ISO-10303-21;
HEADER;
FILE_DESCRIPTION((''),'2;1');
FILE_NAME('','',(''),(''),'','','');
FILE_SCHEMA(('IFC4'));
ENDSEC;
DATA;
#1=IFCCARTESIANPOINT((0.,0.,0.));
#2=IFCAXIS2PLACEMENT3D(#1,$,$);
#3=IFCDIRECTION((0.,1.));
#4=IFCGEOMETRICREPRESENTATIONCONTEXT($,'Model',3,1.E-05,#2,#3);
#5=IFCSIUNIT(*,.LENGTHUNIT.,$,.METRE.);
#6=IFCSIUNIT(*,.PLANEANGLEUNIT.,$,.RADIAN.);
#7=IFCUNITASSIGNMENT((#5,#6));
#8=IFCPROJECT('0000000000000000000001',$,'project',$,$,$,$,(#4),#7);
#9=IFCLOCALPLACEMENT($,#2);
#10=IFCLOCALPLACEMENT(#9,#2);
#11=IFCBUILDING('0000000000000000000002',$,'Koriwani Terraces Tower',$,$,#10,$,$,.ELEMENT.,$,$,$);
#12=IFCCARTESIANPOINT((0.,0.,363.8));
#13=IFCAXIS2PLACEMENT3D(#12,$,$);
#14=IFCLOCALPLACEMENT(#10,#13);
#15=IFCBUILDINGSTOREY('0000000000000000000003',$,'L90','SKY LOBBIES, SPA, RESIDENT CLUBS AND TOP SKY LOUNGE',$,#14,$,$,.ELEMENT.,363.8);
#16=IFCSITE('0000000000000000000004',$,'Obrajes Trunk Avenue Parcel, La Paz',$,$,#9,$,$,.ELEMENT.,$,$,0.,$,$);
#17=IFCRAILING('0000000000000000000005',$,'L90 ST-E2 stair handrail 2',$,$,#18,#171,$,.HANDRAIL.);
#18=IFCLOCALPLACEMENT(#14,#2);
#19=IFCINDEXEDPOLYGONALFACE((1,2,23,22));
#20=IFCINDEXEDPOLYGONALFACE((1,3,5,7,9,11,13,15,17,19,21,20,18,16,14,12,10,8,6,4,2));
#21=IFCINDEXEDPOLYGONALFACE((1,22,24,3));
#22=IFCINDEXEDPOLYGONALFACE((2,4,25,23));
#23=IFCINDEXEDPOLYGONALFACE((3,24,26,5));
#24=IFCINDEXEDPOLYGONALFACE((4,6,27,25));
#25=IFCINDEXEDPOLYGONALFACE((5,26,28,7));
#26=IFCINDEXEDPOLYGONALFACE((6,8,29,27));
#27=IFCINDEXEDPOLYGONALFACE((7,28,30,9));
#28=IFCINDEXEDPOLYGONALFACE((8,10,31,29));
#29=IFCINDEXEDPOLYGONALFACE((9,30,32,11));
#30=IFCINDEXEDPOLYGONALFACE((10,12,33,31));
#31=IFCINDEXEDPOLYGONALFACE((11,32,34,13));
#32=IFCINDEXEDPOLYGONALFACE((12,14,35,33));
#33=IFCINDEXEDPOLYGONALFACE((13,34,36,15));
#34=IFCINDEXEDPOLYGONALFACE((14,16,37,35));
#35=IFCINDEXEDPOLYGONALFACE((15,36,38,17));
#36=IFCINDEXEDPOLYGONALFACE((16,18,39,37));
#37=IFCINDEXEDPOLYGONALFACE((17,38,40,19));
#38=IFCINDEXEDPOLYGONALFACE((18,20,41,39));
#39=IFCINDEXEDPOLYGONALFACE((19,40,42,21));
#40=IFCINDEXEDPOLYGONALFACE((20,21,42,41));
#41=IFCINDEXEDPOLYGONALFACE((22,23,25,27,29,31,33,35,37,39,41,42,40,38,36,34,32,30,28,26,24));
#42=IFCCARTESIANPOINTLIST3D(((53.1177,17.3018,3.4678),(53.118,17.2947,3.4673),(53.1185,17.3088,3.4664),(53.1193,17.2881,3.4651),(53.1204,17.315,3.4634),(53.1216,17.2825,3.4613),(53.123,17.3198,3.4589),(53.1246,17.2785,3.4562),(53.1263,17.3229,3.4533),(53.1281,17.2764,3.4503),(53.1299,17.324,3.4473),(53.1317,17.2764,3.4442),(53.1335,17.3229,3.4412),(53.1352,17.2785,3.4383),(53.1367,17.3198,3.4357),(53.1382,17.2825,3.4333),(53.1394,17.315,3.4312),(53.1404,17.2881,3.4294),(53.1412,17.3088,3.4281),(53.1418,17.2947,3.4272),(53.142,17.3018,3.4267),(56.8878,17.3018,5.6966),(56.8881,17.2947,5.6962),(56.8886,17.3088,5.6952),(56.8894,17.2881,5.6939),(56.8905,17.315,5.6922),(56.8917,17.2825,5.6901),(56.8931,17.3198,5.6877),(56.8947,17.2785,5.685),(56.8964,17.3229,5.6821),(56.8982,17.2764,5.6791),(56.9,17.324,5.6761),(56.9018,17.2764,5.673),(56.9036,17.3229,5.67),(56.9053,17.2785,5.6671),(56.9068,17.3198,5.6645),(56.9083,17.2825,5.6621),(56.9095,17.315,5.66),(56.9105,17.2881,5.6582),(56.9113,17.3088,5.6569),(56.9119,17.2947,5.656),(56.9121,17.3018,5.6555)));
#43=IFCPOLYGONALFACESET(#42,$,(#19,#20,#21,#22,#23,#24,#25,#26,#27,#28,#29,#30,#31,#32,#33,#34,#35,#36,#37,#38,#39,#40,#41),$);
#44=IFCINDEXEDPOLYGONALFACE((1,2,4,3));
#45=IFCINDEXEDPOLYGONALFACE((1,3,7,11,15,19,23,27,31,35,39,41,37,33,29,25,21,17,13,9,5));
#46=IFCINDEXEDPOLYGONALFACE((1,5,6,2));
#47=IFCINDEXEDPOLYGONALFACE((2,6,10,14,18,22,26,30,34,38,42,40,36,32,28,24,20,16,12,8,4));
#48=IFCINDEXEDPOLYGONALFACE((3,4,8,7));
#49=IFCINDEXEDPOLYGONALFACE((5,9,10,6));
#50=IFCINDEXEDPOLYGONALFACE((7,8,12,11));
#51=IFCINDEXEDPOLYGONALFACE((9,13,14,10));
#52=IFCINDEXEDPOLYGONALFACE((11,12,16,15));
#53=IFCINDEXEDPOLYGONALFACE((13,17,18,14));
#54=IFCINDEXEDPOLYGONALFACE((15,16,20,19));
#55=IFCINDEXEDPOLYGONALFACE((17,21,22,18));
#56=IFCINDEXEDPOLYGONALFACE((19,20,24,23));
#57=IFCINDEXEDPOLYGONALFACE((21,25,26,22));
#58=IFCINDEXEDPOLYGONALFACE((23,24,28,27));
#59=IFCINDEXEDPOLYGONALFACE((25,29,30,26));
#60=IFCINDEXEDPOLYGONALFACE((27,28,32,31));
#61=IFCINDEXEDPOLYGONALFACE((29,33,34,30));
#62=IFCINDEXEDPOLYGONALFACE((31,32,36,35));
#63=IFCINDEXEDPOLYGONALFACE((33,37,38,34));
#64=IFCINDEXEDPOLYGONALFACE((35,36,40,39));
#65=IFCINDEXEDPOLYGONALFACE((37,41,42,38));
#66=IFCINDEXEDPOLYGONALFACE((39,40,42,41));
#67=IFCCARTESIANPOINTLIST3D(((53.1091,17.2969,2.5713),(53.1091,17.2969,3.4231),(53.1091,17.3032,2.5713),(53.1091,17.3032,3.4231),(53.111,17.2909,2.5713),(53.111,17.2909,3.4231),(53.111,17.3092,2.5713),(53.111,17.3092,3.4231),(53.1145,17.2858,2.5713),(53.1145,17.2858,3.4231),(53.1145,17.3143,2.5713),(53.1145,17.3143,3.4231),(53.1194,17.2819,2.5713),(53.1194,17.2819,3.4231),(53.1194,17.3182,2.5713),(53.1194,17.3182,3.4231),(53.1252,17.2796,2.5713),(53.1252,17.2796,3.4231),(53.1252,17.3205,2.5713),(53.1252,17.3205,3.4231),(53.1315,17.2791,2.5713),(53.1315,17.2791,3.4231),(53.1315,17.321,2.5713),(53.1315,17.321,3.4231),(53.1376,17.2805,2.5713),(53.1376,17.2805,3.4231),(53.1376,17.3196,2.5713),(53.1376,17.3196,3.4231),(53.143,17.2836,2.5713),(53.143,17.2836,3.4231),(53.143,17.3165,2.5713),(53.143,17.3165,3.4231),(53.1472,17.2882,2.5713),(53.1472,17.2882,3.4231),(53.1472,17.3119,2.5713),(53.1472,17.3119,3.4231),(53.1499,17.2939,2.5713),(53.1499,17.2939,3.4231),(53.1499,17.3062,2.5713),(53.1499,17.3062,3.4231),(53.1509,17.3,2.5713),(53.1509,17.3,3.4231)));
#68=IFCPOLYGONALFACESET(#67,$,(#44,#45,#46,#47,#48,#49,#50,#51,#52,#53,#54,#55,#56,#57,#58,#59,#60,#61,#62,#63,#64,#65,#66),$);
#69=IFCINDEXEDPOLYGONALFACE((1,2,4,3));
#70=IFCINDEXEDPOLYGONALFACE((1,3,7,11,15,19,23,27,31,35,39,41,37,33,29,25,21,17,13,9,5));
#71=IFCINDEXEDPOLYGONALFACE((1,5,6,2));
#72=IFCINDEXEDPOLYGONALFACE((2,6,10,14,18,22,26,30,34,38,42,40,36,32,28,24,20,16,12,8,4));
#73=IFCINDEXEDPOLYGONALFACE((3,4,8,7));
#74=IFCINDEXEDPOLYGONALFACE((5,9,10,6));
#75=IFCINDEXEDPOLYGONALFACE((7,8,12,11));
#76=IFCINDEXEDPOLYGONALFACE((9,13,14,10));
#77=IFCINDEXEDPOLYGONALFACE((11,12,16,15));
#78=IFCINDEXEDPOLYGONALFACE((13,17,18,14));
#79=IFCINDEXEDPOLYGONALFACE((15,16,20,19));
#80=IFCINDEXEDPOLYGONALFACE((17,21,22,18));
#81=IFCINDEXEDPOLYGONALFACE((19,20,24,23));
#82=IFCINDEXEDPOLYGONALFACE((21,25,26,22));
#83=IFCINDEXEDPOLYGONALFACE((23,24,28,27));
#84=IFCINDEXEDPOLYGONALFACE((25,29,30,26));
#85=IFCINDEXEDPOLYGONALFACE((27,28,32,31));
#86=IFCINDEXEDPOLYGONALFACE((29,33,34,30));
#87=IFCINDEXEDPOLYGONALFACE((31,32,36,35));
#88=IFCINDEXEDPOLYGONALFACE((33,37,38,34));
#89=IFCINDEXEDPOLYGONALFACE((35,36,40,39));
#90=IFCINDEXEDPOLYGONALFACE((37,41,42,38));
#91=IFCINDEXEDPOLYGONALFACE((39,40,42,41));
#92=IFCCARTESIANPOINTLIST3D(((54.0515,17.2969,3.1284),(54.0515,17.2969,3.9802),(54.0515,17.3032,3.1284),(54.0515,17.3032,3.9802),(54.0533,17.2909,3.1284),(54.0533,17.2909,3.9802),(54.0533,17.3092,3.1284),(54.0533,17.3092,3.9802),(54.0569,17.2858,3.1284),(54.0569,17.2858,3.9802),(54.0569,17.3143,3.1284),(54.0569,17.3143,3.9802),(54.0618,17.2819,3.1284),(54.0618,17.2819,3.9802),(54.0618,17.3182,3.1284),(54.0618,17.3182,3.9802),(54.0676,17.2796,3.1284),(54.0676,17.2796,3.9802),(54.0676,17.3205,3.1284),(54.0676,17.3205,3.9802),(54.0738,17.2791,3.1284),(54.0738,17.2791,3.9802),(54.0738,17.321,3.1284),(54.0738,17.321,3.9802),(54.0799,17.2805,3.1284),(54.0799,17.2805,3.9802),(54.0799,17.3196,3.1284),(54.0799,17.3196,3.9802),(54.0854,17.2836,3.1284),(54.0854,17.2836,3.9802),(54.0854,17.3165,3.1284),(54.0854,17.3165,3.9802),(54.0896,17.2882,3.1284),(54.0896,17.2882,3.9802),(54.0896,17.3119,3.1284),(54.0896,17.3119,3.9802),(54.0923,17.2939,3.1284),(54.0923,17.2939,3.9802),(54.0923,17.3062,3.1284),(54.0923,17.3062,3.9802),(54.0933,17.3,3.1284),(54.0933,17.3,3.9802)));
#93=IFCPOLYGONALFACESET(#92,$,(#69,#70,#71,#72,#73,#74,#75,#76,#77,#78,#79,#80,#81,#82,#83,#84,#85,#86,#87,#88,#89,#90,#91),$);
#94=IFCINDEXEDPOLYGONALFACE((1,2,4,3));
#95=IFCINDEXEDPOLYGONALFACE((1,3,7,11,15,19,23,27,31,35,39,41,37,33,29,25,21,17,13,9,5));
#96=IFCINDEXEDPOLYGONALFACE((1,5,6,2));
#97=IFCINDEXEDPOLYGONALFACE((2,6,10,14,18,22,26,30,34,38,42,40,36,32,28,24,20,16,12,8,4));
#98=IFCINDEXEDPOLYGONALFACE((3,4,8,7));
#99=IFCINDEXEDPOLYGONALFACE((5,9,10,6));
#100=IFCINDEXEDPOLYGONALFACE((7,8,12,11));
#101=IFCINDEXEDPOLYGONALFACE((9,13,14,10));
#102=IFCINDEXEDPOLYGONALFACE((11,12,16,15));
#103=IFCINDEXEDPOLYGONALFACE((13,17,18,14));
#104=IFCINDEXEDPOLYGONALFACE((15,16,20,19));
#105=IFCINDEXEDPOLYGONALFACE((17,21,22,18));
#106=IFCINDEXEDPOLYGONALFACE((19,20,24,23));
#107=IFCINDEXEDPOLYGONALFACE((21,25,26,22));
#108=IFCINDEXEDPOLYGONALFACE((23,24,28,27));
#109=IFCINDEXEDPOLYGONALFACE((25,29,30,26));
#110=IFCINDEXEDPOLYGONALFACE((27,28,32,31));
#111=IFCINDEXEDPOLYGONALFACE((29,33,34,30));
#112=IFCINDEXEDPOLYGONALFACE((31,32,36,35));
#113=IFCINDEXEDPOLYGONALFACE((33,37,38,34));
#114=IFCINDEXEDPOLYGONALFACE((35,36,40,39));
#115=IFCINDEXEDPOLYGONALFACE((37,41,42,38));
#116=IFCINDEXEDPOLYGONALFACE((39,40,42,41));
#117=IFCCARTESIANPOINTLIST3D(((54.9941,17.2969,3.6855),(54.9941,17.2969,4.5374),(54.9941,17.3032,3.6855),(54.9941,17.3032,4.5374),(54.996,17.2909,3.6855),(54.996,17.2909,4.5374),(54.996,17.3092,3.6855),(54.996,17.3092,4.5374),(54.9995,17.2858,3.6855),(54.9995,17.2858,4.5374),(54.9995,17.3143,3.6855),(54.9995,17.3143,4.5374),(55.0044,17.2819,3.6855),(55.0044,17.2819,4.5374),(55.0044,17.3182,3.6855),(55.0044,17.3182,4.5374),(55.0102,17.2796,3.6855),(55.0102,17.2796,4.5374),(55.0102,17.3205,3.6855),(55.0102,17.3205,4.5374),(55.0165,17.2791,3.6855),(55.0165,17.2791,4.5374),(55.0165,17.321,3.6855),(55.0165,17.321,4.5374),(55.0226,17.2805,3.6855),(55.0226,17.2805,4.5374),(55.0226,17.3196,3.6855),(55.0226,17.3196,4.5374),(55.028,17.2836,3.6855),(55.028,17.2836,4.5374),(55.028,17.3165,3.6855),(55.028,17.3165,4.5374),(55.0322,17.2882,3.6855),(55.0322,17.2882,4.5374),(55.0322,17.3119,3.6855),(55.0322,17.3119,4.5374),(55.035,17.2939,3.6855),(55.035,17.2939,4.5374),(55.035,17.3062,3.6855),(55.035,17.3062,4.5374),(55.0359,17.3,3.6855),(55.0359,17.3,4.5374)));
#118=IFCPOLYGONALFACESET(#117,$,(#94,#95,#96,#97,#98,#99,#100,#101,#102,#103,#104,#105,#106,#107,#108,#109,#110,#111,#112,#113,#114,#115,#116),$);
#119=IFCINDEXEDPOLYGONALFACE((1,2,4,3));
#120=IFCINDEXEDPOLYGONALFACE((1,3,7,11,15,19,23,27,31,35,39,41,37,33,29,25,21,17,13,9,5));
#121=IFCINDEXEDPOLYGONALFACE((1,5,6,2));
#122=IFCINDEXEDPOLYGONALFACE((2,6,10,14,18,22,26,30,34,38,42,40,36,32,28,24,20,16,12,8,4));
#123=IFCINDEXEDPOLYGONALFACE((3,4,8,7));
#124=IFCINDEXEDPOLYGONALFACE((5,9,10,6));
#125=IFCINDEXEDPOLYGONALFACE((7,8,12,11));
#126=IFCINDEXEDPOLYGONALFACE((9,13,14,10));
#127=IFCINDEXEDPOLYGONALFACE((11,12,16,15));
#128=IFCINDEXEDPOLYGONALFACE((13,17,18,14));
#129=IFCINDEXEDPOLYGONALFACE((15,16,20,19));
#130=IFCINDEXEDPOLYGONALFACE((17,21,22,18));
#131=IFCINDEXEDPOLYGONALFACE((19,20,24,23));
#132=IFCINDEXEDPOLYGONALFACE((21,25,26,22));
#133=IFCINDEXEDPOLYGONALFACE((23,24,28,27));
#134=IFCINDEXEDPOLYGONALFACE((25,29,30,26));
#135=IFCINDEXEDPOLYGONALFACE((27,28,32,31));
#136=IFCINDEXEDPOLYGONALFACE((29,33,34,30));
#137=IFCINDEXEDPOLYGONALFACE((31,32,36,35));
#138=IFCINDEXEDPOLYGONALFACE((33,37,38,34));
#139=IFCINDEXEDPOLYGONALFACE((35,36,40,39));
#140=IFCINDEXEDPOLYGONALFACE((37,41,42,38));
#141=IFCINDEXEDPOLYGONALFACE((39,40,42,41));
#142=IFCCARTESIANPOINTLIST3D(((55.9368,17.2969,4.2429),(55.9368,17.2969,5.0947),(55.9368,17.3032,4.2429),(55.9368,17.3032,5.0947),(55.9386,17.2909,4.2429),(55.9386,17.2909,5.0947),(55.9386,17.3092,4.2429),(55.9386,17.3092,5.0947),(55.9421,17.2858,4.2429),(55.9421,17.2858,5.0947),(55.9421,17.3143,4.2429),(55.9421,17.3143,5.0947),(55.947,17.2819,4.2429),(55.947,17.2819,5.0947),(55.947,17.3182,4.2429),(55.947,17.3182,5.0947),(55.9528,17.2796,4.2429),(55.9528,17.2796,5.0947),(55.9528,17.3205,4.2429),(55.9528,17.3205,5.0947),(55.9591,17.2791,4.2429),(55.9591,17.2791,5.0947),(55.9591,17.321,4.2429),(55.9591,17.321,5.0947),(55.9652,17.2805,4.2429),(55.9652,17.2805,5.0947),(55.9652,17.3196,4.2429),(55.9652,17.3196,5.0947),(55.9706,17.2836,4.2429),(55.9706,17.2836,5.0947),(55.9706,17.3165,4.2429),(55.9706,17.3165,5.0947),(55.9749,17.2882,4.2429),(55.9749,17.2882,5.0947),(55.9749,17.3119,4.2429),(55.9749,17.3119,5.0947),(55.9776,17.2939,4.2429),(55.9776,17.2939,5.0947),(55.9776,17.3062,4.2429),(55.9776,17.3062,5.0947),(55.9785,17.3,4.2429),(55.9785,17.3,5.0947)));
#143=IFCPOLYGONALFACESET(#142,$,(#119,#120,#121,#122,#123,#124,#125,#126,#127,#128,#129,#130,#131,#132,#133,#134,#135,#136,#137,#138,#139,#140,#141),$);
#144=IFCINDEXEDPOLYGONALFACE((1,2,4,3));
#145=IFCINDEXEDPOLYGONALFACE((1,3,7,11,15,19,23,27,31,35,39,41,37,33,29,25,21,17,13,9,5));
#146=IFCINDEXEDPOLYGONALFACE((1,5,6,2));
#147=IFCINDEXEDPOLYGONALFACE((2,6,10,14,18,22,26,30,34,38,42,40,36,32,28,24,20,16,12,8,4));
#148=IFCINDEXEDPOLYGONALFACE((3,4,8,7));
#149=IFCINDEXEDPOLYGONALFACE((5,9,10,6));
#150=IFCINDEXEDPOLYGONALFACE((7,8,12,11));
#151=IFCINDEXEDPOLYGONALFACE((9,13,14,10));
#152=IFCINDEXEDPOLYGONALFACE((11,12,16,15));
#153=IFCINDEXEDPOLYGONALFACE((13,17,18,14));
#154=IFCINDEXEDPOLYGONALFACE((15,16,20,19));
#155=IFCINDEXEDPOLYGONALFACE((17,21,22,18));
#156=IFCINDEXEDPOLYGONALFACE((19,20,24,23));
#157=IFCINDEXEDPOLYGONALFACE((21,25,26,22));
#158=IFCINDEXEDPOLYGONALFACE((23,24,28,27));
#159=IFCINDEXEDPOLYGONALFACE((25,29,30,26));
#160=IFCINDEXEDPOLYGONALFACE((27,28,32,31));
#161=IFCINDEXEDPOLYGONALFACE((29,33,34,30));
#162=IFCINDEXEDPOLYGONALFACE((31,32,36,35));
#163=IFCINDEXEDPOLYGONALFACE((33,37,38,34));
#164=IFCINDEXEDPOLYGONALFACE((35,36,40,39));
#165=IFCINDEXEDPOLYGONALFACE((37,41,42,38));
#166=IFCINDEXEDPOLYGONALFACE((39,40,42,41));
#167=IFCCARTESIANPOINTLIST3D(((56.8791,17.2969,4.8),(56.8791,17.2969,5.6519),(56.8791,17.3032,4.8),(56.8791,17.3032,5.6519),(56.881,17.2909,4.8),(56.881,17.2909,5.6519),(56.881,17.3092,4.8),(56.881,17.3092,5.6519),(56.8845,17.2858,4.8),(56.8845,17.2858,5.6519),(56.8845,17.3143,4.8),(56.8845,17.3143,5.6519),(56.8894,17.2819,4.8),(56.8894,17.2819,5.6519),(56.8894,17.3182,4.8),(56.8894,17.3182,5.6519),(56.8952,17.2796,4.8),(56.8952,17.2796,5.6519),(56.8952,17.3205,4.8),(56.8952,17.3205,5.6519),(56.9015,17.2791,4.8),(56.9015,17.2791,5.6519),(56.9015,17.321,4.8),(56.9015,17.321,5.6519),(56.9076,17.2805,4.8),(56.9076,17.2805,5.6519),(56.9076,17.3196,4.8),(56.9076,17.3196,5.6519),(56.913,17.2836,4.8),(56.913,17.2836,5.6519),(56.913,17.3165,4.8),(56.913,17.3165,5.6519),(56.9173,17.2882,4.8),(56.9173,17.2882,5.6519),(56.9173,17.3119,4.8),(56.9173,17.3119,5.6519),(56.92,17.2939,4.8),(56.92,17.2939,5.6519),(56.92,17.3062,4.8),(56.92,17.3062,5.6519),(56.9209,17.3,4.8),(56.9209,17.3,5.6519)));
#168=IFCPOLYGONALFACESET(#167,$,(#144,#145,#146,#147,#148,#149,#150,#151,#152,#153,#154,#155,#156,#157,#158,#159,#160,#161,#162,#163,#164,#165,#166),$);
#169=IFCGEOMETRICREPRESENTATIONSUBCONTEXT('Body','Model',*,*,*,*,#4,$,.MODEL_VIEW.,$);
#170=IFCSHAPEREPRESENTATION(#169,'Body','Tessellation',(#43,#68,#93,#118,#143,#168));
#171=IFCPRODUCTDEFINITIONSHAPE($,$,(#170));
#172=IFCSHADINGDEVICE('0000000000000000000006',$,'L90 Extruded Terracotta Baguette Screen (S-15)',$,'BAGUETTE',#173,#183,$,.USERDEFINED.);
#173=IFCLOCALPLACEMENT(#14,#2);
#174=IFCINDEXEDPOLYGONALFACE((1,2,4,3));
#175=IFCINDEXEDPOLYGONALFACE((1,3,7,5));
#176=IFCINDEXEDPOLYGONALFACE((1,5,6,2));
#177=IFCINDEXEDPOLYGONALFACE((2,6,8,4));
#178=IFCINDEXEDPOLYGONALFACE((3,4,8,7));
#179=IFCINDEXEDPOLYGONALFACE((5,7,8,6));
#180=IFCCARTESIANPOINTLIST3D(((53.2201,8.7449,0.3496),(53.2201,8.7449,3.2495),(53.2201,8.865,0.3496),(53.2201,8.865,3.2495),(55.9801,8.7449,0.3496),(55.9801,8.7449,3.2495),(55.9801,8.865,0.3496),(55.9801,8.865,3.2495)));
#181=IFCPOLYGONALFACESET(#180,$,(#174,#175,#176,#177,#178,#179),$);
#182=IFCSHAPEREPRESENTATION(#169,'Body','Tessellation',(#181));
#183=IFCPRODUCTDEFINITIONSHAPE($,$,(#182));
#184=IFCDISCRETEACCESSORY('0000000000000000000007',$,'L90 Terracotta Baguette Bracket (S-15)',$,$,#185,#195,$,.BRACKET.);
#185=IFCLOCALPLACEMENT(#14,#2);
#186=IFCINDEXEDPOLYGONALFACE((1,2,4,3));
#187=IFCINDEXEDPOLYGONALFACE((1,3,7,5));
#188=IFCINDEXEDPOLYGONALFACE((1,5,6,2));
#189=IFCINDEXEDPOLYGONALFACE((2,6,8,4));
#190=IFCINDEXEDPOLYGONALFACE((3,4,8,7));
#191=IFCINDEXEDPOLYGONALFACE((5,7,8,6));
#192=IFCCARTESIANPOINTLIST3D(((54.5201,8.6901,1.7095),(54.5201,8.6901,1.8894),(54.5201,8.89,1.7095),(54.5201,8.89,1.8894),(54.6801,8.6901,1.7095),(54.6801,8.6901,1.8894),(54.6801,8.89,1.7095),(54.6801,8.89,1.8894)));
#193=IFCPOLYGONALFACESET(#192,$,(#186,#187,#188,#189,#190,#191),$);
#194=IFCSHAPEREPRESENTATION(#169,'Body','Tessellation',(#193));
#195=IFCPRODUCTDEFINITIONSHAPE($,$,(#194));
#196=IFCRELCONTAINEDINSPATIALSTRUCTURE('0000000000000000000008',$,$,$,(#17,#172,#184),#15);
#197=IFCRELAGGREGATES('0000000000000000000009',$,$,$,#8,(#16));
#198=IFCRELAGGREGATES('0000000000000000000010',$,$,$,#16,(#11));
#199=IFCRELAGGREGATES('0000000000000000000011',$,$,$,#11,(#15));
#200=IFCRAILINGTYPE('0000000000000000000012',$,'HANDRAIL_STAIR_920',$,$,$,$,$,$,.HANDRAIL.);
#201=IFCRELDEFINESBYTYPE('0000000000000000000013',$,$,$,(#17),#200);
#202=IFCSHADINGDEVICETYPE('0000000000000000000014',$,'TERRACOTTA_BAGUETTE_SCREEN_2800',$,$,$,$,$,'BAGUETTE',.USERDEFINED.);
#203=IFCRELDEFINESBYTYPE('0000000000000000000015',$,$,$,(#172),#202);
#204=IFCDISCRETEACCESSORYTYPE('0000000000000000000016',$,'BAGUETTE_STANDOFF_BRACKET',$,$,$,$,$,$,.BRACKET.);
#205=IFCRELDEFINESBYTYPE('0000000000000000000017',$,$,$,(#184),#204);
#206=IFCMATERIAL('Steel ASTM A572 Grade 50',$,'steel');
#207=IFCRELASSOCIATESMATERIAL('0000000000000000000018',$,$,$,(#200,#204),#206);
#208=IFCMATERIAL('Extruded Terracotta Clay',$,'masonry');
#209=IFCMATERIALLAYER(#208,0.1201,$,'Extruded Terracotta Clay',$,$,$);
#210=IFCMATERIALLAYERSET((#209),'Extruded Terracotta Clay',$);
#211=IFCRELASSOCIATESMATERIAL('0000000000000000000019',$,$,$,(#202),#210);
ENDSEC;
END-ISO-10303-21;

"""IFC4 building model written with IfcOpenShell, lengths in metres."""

from ifc_helpers import new_model, si_unit, direction, frame, origin, origin_2d, place, context, subcontext, project, spatial, rectangle, circle, extrude, material, layer, layer_set, type_object, element, save


model = new_model("IFC4")

# Units and contexts
model_context = context("Model", 3, precision=1e-05, world=origin(), true_north=direction((0.0, 1.0)))
body_context = subcontext(model_context, "Body", "Model", "MODEL_VIEW")
ifc_project = project(units=[si_unit("LENGTHUNIT", "METRE"), si_unit("PLANEANGLEUNIT", "RADIAN")], contexts=[model_context])

# Site, building, storey
site_placement = place(None, origin())
site = spatial("IfcSite", under=ifc_project, at=site_placement, Name="Obrajes Trunk Avenue Parcel, La Paz", CompositionType="ELEMENT", RefElevation=0.0)
building_placement = place(site_placement, origin())
building = spatial("IfcBuilding", under=site, at=building_placement, Name="Koriwani Terraces Tower", CompositionType="ELEMENT")
storey_placement = place(building_placement, frame((0.0, 0.0, 363.8)))
storey = spatial("IfcBuildingStorey", under=building, at=storey_placement, Name="L90", Description="SKY LOBBIES, SPA, RESIDENT CLUBS AND TOP SKY LOUNGE", CompositionType="ELEMENT", Elevation=363.8)

# Shared definitions
ifc_material_1 = material(Name="Steel ASTM A572 Grade 50", Category="steel")

# Railing
railing_type_1 = type_object("IfcRailingType", Name="HANDRAIL_STAIR_920", PredefinedType="HANDRAIL", material=ifc_material_1)
railing_1_placement = place(storey_placement, frame((53.1299, 17.3, 2.5713)))
element("IfcRailing", 1, at=railing_1_placement, inside=storey, type_object=railing_type_1, Name="L90 ST-E2 stair handrail 2", PredefinedType="HANDRAIL", context=body_context, shape_type="SweptSolid", body=[
    extrude(circle(Radius=0.0239, at=origin_2d()), frame((0.0, 0.0, 0.876), z_axis=(0.860824, 0.0, 0.508902), x_axis=(0.0, 1.0, 0.0)), (0.0, 0.0, 1.0), 4.3796),
    extrude(circle(Radius=0.021, at=origin_2d()), origin(), (0.0, 0.0, 1.0), 0.8518),
    extrude(circle(Radius=0.021, at=origin_2d()), frame((0.9424, 0.0, 0.5571)), (0.0, 0.0, 1.0), 0.8518),
    extrude(circle(Radius=0.021, at=origin_2d()), frame((1.885, 0.0, 1.1143)), (0.0, 0.0, 1.0), 0.8518),
    extrude(circle(Radius=0.021, at=origin_2d()), frame((2.8276, 0.0, 1.6716)), (0.0, 0.0, 1.0), 0.8518),
    extrude(circle(Radius=0.021, at=origin_2d()), frame((3.77, 0.0, 2.2288)), (0.0, 0.0, 1.0), 0.8518),
])

# Shading device
ifc_material_2 = material(Name="Extruded Terracotta Clay", Category="masonry")
ifc_layer_1 = layer(ifc_material_2, 0.1201, Name="Extruded Terracotta Clay")
ifc_layer_set_1 = layer_set([ifc_layer_1], Name="Extruded Terracotta Clay")
shading_device_type = type_object("IfcShadingDeviceType", Name="TERRACOTTA_BAGUETTE_SCREEN_2800", ElementType="BAGUETTE", PredefinedType="USERDEFINED", material=ifc_layer_set_1)
shading_device_placement = place(storey_placement, frame((54.6001, 8.8049, 0.3496), z_axis=(0.0, 0.0, 1.0), x_axis=(-1.0, 0.0, 0.0)))
element("IfcShadingDevice", 2, at=shading_device_placement, inside=storey, type_object=shading_device_type, Name="L90 Extruded Terracotta Baguette Screen (S-15)", ObjectType="BAGUETTE", PredefinedType="USERDEFINED", context=body_context, shape_type="SweptSolid", body=[
    extrude(rectangle(XDim=2.76, YDim=0.1201, at=origin_2d()), origin(), (0.0, 0.0, 1.0), 2.8999),
])

# Discrete accessory
discrete_accessory_type = type_object("IfcDiscreteAccessoryType", Name="BAGUETTE_STANDOFF_BRACKET", PredefinedType="BRACKET", material=ifc_material_1)
discrete_accessory_placement = place(storey_placement, frame((54.6001, 8.79, 1.7095), z_axis=(0.0, 0.0, 1.0), x_axis=(-1.0, 0.0, 0.0)))
element("IfcDiscreteAccessory", 3, at=discrete_accessory_placement, inside=storey, type_object=discrete_accessory_type, Name="L90 Terracotta Baguette Bracket (S-15)", PredefinedType="BRACKET", context=body_context, shape_type="SweptSolid", body=[
    extrude(rectangle(XDim=0.1599, YDim=0.2, at=origin_2d()), origin(), (0.0, 0.0, 1.0), 0.1799),
])

save(model, "model.ifc")
